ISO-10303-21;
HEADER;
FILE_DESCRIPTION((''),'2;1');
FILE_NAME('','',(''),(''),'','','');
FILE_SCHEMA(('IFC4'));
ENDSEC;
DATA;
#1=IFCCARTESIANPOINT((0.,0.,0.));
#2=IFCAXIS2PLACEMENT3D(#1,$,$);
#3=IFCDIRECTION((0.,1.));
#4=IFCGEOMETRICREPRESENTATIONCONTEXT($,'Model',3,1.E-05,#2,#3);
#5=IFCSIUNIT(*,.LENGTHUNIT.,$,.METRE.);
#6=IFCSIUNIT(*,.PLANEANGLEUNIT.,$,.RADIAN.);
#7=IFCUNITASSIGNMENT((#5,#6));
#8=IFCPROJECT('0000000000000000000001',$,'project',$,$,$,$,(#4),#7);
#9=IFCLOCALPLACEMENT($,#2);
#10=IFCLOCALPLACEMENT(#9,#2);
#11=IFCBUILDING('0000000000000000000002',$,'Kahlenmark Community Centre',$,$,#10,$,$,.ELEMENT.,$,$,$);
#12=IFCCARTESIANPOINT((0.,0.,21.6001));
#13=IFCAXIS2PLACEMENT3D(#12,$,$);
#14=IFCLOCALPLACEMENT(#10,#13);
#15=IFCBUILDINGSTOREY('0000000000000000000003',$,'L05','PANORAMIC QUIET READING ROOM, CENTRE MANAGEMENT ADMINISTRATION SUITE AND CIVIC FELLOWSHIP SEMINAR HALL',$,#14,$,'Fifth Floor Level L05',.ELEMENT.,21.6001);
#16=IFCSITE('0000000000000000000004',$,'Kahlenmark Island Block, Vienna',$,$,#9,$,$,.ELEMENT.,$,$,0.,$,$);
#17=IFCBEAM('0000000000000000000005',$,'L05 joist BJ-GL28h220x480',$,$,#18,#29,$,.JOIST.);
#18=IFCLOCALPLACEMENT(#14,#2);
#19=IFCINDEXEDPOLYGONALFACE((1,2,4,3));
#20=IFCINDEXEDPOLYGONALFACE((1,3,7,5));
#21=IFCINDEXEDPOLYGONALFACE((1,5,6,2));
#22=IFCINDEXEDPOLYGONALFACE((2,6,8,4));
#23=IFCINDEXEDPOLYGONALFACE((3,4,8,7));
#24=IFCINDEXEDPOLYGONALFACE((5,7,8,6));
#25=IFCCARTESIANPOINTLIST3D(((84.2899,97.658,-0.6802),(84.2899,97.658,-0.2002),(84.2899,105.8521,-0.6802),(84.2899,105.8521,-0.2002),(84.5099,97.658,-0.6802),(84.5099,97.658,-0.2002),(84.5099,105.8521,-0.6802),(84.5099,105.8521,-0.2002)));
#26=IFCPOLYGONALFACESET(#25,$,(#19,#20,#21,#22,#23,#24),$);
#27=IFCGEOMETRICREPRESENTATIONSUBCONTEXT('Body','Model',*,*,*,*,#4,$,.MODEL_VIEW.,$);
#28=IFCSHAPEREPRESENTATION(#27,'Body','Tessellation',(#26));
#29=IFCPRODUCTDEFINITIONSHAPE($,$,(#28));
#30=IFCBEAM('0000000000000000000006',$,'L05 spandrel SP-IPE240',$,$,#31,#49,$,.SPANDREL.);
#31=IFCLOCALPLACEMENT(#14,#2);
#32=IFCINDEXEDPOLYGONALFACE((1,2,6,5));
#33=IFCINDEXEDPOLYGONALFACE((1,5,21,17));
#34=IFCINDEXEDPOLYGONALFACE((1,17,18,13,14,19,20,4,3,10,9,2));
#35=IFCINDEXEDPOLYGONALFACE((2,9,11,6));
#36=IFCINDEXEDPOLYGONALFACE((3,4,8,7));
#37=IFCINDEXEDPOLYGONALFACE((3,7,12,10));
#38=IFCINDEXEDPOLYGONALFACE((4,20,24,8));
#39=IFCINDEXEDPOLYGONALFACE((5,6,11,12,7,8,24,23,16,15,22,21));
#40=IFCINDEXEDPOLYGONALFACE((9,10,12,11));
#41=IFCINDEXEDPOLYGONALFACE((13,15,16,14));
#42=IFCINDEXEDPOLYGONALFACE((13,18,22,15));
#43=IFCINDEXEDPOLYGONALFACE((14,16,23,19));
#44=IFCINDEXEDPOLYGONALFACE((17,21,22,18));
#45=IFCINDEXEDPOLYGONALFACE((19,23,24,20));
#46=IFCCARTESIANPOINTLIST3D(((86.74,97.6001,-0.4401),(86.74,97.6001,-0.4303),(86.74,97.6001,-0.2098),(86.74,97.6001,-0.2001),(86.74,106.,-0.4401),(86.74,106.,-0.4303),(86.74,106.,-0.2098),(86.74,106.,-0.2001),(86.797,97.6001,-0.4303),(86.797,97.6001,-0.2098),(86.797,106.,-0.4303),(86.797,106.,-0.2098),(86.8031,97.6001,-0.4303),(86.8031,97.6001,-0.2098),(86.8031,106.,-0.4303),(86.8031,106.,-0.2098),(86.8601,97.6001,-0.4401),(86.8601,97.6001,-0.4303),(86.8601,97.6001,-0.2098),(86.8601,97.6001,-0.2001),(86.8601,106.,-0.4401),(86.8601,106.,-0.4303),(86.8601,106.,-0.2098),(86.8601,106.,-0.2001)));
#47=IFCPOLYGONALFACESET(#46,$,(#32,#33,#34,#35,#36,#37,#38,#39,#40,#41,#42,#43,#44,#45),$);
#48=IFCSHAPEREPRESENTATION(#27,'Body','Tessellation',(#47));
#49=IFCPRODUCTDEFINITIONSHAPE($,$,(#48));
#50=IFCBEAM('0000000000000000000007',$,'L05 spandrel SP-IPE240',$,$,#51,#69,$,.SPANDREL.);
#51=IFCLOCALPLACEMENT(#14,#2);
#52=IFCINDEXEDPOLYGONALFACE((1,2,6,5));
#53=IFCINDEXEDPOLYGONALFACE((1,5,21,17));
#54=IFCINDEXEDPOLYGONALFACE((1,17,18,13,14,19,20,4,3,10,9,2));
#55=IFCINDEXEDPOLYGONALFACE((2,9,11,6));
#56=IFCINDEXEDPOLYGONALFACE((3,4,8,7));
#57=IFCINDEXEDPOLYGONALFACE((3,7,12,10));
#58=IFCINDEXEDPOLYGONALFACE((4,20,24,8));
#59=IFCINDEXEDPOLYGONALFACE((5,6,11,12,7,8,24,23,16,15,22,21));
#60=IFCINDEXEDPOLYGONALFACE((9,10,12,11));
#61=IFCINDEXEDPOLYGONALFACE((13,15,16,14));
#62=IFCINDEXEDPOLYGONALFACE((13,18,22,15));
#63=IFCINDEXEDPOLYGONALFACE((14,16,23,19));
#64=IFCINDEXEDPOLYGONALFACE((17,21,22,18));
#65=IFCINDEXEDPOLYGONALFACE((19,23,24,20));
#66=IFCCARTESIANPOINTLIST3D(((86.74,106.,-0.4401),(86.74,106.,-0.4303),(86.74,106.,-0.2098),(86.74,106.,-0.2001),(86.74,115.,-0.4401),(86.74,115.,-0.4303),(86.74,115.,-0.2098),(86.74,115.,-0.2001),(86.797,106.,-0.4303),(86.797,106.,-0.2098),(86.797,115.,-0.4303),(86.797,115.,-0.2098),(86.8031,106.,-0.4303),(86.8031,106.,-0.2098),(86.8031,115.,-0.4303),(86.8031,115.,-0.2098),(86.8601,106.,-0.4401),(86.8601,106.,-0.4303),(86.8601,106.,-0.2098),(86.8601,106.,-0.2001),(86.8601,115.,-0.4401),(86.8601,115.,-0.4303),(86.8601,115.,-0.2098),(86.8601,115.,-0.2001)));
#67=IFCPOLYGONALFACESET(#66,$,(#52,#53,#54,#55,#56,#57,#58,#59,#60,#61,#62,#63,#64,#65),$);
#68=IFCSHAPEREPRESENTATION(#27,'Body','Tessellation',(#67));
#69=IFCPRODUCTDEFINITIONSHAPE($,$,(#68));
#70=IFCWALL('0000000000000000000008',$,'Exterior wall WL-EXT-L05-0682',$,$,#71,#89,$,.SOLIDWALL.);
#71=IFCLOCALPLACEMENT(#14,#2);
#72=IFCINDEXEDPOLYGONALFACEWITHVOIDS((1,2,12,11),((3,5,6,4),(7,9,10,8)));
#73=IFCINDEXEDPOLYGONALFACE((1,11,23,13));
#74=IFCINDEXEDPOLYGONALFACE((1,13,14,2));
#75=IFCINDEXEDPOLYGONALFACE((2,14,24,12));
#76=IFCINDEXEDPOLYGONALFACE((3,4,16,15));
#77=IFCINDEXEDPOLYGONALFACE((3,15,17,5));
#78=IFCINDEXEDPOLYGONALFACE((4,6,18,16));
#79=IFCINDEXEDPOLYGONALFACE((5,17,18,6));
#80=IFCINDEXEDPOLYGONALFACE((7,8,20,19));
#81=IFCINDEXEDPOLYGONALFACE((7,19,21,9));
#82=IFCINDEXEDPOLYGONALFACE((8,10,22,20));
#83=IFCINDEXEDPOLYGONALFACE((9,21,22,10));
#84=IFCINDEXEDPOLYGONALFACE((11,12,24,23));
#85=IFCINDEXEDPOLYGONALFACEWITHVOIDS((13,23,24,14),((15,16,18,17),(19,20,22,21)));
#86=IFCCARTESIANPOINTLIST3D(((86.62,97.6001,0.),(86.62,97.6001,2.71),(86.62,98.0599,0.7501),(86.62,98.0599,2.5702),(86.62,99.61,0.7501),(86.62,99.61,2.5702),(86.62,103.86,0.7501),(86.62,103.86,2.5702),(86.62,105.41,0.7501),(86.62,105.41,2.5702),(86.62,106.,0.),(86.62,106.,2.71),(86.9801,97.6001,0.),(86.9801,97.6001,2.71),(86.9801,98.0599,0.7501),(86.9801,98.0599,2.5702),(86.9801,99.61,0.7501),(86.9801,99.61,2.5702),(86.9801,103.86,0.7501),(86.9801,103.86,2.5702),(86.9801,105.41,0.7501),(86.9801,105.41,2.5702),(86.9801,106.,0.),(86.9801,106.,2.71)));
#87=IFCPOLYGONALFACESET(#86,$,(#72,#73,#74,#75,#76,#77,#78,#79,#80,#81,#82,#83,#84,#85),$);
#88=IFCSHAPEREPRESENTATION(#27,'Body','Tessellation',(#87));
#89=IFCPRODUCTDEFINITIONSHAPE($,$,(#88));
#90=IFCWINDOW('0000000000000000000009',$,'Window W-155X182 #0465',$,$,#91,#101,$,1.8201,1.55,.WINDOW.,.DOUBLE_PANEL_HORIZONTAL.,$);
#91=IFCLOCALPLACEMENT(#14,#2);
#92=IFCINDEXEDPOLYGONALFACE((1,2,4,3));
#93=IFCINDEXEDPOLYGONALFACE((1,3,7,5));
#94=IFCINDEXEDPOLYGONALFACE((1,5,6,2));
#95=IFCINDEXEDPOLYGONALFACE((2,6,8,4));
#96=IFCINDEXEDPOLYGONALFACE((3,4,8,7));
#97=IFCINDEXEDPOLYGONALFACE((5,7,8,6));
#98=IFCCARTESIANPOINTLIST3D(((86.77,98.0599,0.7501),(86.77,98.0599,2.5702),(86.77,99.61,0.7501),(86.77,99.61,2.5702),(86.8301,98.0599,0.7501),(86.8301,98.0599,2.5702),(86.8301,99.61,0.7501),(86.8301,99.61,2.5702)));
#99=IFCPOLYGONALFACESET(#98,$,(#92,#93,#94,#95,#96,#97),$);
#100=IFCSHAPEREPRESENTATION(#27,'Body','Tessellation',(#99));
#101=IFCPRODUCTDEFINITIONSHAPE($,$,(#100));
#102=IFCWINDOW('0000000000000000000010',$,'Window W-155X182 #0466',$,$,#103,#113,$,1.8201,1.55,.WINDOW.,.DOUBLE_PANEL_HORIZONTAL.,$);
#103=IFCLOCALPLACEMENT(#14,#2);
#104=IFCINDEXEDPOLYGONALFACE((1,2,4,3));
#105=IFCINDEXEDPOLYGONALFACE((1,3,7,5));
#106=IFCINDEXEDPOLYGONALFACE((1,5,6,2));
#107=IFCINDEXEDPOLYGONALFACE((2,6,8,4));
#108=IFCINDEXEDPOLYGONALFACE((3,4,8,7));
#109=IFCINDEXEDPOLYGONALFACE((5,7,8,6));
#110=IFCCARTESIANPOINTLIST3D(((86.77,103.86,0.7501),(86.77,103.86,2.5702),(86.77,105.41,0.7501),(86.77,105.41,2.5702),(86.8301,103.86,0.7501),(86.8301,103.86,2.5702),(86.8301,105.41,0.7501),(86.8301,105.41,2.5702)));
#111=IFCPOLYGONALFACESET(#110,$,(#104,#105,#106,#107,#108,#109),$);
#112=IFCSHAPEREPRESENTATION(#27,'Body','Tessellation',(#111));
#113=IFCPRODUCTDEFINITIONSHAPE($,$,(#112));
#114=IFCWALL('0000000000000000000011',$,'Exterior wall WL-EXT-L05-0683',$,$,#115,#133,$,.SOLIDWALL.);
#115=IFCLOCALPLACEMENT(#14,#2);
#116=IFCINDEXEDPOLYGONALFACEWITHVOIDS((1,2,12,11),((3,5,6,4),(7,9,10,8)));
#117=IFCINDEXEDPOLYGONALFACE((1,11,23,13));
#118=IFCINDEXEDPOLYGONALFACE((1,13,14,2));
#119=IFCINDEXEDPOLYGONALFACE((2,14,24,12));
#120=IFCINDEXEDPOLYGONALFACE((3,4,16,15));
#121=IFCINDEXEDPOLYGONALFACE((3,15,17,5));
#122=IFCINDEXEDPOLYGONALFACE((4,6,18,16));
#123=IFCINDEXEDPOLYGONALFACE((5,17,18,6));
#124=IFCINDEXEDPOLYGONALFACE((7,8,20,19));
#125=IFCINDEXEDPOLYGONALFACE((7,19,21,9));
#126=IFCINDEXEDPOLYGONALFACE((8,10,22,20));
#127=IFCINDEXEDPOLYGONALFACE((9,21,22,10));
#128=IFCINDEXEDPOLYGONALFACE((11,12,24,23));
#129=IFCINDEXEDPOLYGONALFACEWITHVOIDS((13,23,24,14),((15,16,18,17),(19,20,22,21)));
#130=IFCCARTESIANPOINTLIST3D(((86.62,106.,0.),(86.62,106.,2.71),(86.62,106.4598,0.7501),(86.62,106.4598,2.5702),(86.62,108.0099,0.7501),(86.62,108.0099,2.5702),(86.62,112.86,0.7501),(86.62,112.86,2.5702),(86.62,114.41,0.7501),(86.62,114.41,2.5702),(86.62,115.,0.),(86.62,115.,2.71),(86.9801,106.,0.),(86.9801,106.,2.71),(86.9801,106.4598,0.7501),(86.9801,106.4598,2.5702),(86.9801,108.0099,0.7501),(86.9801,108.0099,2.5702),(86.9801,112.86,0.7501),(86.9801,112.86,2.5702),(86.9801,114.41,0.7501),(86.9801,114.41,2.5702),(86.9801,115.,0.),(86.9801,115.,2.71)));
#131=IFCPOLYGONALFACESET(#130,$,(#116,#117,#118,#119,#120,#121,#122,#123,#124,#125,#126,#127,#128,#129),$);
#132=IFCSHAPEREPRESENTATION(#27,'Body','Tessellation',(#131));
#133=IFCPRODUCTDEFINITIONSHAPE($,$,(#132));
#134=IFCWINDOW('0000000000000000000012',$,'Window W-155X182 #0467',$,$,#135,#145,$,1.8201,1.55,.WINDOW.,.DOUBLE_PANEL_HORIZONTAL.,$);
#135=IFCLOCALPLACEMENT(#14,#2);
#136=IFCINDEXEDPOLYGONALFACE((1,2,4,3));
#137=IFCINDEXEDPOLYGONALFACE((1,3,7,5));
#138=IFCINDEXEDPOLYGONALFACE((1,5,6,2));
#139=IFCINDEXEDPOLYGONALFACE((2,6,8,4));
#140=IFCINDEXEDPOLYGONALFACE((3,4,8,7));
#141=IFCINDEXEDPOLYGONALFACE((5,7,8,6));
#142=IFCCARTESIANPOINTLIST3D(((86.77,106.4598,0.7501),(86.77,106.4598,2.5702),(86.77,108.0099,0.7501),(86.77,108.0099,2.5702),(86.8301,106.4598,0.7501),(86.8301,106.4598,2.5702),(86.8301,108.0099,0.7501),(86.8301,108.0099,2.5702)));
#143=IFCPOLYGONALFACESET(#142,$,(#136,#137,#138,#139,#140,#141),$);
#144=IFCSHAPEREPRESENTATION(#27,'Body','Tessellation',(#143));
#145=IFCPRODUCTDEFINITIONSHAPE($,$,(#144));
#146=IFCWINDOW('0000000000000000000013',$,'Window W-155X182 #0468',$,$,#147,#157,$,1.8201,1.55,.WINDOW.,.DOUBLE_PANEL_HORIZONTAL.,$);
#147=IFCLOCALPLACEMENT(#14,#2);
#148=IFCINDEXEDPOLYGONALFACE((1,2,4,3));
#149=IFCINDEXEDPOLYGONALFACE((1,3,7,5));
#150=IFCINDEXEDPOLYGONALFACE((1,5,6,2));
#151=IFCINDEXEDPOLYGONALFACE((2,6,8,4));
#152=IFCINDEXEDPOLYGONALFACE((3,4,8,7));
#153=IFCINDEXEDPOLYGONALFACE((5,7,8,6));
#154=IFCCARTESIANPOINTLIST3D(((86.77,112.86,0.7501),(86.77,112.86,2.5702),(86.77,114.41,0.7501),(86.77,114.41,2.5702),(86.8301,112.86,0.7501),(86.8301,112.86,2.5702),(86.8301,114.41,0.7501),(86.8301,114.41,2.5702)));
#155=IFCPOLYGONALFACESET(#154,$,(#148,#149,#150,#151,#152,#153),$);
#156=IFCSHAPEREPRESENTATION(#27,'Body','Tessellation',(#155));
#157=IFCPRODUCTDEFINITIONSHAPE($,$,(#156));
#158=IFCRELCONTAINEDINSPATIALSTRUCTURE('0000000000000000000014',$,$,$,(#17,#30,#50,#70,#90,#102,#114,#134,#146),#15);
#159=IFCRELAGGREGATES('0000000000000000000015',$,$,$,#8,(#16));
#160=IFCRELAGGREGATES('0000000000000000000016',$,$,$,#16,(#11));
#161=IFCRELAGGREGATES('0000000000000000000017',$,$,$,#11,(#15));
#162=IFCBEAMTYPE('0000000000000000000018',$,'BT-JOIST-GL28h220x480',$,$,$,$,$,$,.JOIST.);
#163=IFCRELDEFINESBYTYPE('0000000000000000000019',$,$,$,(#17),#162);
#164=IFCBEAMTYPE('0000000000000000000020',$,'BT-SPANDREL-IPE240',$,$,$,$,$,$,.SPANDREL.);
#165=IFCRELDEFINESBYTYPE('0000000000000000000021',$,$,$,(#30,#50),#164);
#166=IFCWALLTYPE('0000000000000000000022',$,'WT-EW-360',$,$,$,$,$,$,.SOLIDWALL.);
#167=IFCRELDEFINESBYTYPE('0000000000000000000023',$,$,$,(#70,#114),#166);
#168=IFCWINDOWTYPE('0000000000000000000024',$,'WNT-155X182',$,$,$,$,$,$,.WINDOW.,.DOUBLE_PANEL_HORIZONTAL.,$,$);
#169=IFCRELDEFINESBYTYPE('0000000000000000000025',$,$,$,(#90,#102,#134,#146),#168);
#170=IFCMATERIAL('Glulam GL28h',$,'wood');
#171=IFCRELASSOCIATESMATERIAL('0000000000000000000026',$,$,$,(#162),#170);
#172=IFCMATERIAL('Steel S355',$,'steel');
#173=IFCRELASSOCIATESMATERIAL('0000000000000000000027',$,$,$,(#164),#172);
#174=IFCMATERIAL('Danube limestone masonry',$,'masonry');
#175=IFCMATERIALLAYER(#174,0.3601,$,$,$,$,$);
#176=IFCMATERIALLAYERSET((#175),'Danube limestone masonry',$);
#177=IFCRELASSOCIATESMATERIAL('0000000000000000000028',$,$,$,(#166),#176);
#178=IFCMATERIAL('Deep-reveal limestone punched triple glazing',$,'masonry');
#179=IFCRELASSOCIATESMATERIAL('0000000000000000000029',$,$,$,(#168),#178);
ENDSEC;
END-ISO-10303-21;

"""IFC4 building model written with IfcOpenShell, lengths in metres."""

from ifc_helpers import new_model, si_unit, direction, frame, frame_2d, origin, origin_2d, place, context, subcontext, project, spatial, rectangle, i_section, extrude, material, layer, layer_set, material_profile, profile_set, type_object, element, fill, save


model = new_model("IFC4")

# Units and contexts
model_context = context("Model", 3, precision=1e-05, world=origin(), true_north=direction((0.0, 1.0)))
body_context = subcontext(model_context, "Body", "Model", "MODEL_VIEW")
ifc_project = project(units=[si_unit("LENGTHUNIT", "METRE"), si_unit("PLANEANGLEUNIT", "RADIAN")], contexts=[model_context])

# Site, building, storey
site_placement = place(None, origin())
site = spatial("IfcSite", under=ifc_project, at=site_placement, Name="Kahlenmark Island Block, Vienna", CompositionType="ELEMENT", RefElevation=0.0)
building_placement = place(site_placement, origin())
building = spatial("IfcBuilding", under=site, at=building_placement, Name="Kahlenmark Community Centre", CompositionType="ELEMENT")
storey_placement = place(building_placement, frame((0.0, 0.0, 21.6001)))
storey = spatial("IfcBuildingStorey", under=building, at=storey_placement, Name="L05", Description="PANORAMIC QUIET READING ROOM, CENTRE MANAGEMENT ADMINISTRATION SUITE AND CIVIC FELLOWSHIP SEMINAR HALL", LongName="Fifth Floor Level L05", CompositionType="ELEMENT", Elevation=21.6001)

# Shared definitions
ifc_material_1 = material(Name="Steel S355", Category="steel")

# Beams
ifc_material_2 = material(Name="Glulam GL28h", Category="wood")
ifc_material_profile_1 = material_profile(ifc_material_2, rectangle(XDim=0.22, YDim=0.48, at=origin_2d()), Name="GL28h 220x480")
ifc_profile_set_1 = profile_set([ifc_material_profile_1], Name="Glulam GL28h")
beam_type_1 = type_object("IfcBeamType", Name="BT-JOIST-GL28h220x480", PredefinedType="JOIST", material=ifc_profile_set_1)
for number, where, z_axis, x_axis, name in (
    (1, (84.3999, 97.658, -0.4402), (0.0, 1.0, 0.0), (-1.0, 0.0, 0.0), "L05 joist BJ-GL28h220x480"),
):
    element("IfcBeam", number, at=place(storey_placement, frame(where, z_axis=z_axis, x_axis=x_axis)), inside=storey, type_object=beam_type_1, Name=name, PredefinedType="JOIST", context=body_context, shape_type="SweptSolid", body=[
        extrude(rectangle(XDim=0.22, YDim=0.48, at=origin_2d()), origin(), (0.0, 0.0, 1.0), 8.1941),
    ])
ifc_material_profile_2 = material_profile(ifc_material_1, i_section(OverallWidth=0.1201, OverallDepth=0.24, WebThickness=0.0061, FlangeThickness=0.0098, at=origin_2d()), Name="IPE 240")
ifc_profile_set_2 = profile_set([ifc_material_profile_2], Name="Steel S355")
beam_type_2 = type_object("IfcBeamType", Name="BT-SPANDREL-IPE240", PredefinedType="SPANDREL", material=ifc_profile_set_2)
beam_1_placement = place(storey_placement, frame((86.8, 97.6001, -0.3201), z_axis=(0.0, 1.0, 0.0), x_axis=(-1.0, 0.0, 0.0)))
element("IfcBeam", 2, at=beam_1_placement, inside=storey, type_object=beam_type_2, Name="L05 spandrel SP-IPE240", PredefinedType="SPANDREL", context=body_context, shape_type="SweptSolid", body=[
    extrude(i_section(OverallWidth=0.1201, OverallDepth=0.24, WebThickness=0.0061, FlangeThickness=0.0098, at=origin_2d()), origin(), (0.0, 0.0, 1.0), 8.3999),
])
beam_2_placement = place(storey_placement, frame((86.8, 106.0, -0.3201), z_axis=(0.0, 1.0, 0.0), x_axis=(-1.0, 0.0, 0.0)))
element("IfcBeam", 3, at=beam_2_placement, inside=storey, type_object=beam_type_2, Name="L05 spandrel SP-IPE240", PredefinedType="SPANDREL", context=body_context, shape_type="SweptSolid", body=[
    extrude(i_section(OverallWidth=0.1201, OverallDepth=0.24, WebThickness=0.0061, FlangeThickness=0.0098, at=origin_2d()), origin(), (0.0, 0.0, 1.0), 9.0),
])

# Walls, openings, windows
ifc_material_3 = material(Name="Danube limestone masonry", Category="masonry")
ifc_layer_1 = layer(ifc_material_3, 0.3601)
ifc_layer_set_1 = layer_set([ifc_layer_1], Name="Danube limestone masonry")
wall_type_1 = type_object("IfcWallType", Name="WT-EW-360", PredefinedType="SOLIDWALL", material=ifc_layer_set_1)
wall_1_placement = place(storey_placement, frame((86.8, 97.6001, 0.0), z_axis=(0.0, 0.0, 1.0), x_axis=(0.0, 1.0, 0.0)))
wall_1 = element("IfcWall", 4, at=wall_1_placement, inside=storey, type_object=wall_type_1, Name="Exterior wall WL-EXT-L05-0682", PredefinedType="SOLIDWALL", context=body_context, shape_type="SweptSolid", body=[
    extrude(rectangle(XDim=8.3999, YDim=0.3601, at=frame_2d((4.2, 0.0))), origin(), (0.0, 0.0, 1.0), 2.71),
])
opening_1_placement = place(wall_1_placement, frame((0.46, 0.0, 0.75)))
opening_1 = element("IfcOpeningElement", 5, at=opening_1_placement, cuts=wall_1, PredefinedType="OPENING", context=body_context, shape_type="SweptSolid", body=[
    extrude(rectangle(XDim=1.55, YDim=1.8201, at=frame_2d((0.7749, 0.9102))), frame((0.0, 0.1899, 0.0), z_axis=(0.0, -1.0, 0.0), x_axis=(1.0, 0.0, 0.0)), (0.0, 0.0, 1.0), 0.3801),
])
opening_2_placement = place(wall_1_placement, frame((6.26, 0.0, 0.75)))
opening_2 = element("IfcOpeningElement", 6, at=opening_2_placement, cuts=wall_1, PredefinedType="OPENING", context=body_context, shape_type="SweptSolid", body=[
    extrude(rectangle(XDim=1.55, YDim=1.8201, at=frame_2d((0.7749, 0.9102))), frame((0.0, 0.1899, 0.0), z_axis=(0.0, -1.0, 0.0), x_axis=(1.0, 0.0, 0.0)), (0.0, 0.0, 1.0), 0.3801),
])
ifc_material_4 = material(Name="Deep-reveal limestone punched triple glazing", Category="masonry")
window_type = type_object("IfcWindowType", Name="WNT-155X182", PartitioningType="DOUBLE_PANEL_HORIZONTAL", PredefinedType="WINDOW", material=ifc_material_4)
window_1_placement = place(opening_1_placement, origin())
window_1 = element("IfcWindow", 7, at=window_1_placement, inside=storey, type_object=window_type, Name="Window W-155X182 #0465", OverallHeight=1.8201, OverallWidth=1.55, PartitioningType="DOUBLE_PANEL_HORIZONTAL", PredefinedType="WINDOW", context=body_context, shape_type="SweptSolid", body=[
    extrude(rectangle(XDim=1.55, YDim=1.8201, at=frame_2d((0.7749, 0.9102))), frame((0.0, 0.03, 0.0), z_axis=(0.0, -1.0, 0.0), x_axis=(1.0, 0.0, 0.0)), (0.0, 0.0, 1.0), 0.0601),
])
fill(opening_1, window_1)
window_2_placement = place(opening_2_placement, origin())
window_2 = element("IfcWindow", 8, at=window_2_placement, inside=storey, type_object=window_type, Name="Window W-155X182 #0466", OverallHeight=1.8201, OverallWidth=1.55, PartitioningType="DOUBLE_PANEL_HORIZONTAL", PredefinedType="WINDOW", context=body_context, shape_type="SweptSolid", body=[
    extrude(rectangle(XDim=1.55, YDim=1.8201, at=frame_2d((0.7749, 0.9102))), frame((0.0, 0.03, 0.0), z_axis=(0.0, -1.0, 0.0), x_axis=(1.0, 0.0, 0.0)), (0.0, 0.0, 1.0), 0.0601),
])
fill(opening_2, window_2)
wall_2_placement = place(storey_placement, frame((86.8, 106.0, 0.0), z_axis=(0.0, 0.0, 1.0), x_axis=(0.0, 1.0, 0.0)))
wall_2 = element("IfcWall", 9, at=wall_2_placement, inside=storey, type_object=wall_type_1, Name="Exterior wall WL-EXT-L05-0683", PredefinedType="SOLIDWALL", context=body_context, shape_type="SweptSolid", body=[
    extrude(rectangle(XDim=9.0, YDim=0.3601, at=frame_2d((4.5, 0.0))), origin(), (0.0, 0.0, 1.0), 2.71),
])
opening_3_placement = place(wall_2_placement, frame((0.46, 0.0, 0.75)))
opening_3 = element("IfcOpeningElement", 10, at=opening_3_placement, cuts=wall_2, PredefinedType="OPENING", context=body_context, shape_type="SweptSolid", body=[
    extrude(rectangle(XDim=1.55, YDim=1.8201, at=frame_2d((0.7749, 0.9102))), frame((0.0, 0.1899, 0.0), z_axis=(0.0, -1.0, 0.0), x_axis=(1.0, 0.0, 0.0)), (0.0, 0.0, 1.0), 0.3801),
])
opening_4_placement = place(wall_2_placement, frame((6.8601, 0.0, 0.75)))
opening_4 = element("IfcOpeningElement", 11, at=opening_4_placement, cuts=wall_2, PredefinedType="OPENING", context=body_context, shape_type="SweptSolid", body=[
    extrude(rectangle(XDim=1.55, YDim=1.8201, at=frame_2d((0.7749, 0.9102))), frame((0.0, 0.1899, 0.0), z_axis=(0.0, -1.0, 0.0), x_axis=(1.0, 0.0, 0.0)), (0.0, 0.0, 1.0), 0.3801),
])
window_3_placement = place(opening_3_placement, origin())
window_3 = element("IfcWindow", 12, at=window_3_placement, inside=storey, type_object=window_type, Name="Window W-155X182 #0467", OverallHeight=1.8201, OverallWidth=1.55, PartitioningType="DOUBLE_PANEL_HORIZONTAL", PredefinedType="WINDOW", context=body_context, shape_type="SweptSolid", body=[
    extrude(rectangle(XDim=1.55, YDim=1.8201, at=frame_2d((0.7749, 0.9102))), frame((0.0, 0.03, 0.0), z_axis=(0.0, -1.0, 0.0), x_axis=(1.0, 0.0, 0.0)), (0.0, 0.0, 1.0), 0.0601),
])
fill(opening_3, window_3)
window_4_placement = place(opening_4_placement, origin())
window_4 = element("IfcWindow", 13, at=window_4_placement, inside=storey, type_object=window_type, Name="Window W-155X182 #0468", OverallHeight=1.8201, OverallWidth=1.55, PartitioningType="DOUBLE_PANEL_HORIZONTAL", PredefinedType="WINDOW", context=body_context, shape_type="SweptSolid", body=[
    extrude(rectangle(XDim=1.55, YDim=1.8201, at=frame_2d((0.7749, 0.9102))), frame((0.0, 0.03, 0.0), z_axis=(0.0, -1.0, 0.0), x_axis=(1.0, 0.0, 0.0)), (0.0, 0.0, 1.0), 0.0601),
])
fill(opening_4, window_4)

save(model, "model.ifc")
